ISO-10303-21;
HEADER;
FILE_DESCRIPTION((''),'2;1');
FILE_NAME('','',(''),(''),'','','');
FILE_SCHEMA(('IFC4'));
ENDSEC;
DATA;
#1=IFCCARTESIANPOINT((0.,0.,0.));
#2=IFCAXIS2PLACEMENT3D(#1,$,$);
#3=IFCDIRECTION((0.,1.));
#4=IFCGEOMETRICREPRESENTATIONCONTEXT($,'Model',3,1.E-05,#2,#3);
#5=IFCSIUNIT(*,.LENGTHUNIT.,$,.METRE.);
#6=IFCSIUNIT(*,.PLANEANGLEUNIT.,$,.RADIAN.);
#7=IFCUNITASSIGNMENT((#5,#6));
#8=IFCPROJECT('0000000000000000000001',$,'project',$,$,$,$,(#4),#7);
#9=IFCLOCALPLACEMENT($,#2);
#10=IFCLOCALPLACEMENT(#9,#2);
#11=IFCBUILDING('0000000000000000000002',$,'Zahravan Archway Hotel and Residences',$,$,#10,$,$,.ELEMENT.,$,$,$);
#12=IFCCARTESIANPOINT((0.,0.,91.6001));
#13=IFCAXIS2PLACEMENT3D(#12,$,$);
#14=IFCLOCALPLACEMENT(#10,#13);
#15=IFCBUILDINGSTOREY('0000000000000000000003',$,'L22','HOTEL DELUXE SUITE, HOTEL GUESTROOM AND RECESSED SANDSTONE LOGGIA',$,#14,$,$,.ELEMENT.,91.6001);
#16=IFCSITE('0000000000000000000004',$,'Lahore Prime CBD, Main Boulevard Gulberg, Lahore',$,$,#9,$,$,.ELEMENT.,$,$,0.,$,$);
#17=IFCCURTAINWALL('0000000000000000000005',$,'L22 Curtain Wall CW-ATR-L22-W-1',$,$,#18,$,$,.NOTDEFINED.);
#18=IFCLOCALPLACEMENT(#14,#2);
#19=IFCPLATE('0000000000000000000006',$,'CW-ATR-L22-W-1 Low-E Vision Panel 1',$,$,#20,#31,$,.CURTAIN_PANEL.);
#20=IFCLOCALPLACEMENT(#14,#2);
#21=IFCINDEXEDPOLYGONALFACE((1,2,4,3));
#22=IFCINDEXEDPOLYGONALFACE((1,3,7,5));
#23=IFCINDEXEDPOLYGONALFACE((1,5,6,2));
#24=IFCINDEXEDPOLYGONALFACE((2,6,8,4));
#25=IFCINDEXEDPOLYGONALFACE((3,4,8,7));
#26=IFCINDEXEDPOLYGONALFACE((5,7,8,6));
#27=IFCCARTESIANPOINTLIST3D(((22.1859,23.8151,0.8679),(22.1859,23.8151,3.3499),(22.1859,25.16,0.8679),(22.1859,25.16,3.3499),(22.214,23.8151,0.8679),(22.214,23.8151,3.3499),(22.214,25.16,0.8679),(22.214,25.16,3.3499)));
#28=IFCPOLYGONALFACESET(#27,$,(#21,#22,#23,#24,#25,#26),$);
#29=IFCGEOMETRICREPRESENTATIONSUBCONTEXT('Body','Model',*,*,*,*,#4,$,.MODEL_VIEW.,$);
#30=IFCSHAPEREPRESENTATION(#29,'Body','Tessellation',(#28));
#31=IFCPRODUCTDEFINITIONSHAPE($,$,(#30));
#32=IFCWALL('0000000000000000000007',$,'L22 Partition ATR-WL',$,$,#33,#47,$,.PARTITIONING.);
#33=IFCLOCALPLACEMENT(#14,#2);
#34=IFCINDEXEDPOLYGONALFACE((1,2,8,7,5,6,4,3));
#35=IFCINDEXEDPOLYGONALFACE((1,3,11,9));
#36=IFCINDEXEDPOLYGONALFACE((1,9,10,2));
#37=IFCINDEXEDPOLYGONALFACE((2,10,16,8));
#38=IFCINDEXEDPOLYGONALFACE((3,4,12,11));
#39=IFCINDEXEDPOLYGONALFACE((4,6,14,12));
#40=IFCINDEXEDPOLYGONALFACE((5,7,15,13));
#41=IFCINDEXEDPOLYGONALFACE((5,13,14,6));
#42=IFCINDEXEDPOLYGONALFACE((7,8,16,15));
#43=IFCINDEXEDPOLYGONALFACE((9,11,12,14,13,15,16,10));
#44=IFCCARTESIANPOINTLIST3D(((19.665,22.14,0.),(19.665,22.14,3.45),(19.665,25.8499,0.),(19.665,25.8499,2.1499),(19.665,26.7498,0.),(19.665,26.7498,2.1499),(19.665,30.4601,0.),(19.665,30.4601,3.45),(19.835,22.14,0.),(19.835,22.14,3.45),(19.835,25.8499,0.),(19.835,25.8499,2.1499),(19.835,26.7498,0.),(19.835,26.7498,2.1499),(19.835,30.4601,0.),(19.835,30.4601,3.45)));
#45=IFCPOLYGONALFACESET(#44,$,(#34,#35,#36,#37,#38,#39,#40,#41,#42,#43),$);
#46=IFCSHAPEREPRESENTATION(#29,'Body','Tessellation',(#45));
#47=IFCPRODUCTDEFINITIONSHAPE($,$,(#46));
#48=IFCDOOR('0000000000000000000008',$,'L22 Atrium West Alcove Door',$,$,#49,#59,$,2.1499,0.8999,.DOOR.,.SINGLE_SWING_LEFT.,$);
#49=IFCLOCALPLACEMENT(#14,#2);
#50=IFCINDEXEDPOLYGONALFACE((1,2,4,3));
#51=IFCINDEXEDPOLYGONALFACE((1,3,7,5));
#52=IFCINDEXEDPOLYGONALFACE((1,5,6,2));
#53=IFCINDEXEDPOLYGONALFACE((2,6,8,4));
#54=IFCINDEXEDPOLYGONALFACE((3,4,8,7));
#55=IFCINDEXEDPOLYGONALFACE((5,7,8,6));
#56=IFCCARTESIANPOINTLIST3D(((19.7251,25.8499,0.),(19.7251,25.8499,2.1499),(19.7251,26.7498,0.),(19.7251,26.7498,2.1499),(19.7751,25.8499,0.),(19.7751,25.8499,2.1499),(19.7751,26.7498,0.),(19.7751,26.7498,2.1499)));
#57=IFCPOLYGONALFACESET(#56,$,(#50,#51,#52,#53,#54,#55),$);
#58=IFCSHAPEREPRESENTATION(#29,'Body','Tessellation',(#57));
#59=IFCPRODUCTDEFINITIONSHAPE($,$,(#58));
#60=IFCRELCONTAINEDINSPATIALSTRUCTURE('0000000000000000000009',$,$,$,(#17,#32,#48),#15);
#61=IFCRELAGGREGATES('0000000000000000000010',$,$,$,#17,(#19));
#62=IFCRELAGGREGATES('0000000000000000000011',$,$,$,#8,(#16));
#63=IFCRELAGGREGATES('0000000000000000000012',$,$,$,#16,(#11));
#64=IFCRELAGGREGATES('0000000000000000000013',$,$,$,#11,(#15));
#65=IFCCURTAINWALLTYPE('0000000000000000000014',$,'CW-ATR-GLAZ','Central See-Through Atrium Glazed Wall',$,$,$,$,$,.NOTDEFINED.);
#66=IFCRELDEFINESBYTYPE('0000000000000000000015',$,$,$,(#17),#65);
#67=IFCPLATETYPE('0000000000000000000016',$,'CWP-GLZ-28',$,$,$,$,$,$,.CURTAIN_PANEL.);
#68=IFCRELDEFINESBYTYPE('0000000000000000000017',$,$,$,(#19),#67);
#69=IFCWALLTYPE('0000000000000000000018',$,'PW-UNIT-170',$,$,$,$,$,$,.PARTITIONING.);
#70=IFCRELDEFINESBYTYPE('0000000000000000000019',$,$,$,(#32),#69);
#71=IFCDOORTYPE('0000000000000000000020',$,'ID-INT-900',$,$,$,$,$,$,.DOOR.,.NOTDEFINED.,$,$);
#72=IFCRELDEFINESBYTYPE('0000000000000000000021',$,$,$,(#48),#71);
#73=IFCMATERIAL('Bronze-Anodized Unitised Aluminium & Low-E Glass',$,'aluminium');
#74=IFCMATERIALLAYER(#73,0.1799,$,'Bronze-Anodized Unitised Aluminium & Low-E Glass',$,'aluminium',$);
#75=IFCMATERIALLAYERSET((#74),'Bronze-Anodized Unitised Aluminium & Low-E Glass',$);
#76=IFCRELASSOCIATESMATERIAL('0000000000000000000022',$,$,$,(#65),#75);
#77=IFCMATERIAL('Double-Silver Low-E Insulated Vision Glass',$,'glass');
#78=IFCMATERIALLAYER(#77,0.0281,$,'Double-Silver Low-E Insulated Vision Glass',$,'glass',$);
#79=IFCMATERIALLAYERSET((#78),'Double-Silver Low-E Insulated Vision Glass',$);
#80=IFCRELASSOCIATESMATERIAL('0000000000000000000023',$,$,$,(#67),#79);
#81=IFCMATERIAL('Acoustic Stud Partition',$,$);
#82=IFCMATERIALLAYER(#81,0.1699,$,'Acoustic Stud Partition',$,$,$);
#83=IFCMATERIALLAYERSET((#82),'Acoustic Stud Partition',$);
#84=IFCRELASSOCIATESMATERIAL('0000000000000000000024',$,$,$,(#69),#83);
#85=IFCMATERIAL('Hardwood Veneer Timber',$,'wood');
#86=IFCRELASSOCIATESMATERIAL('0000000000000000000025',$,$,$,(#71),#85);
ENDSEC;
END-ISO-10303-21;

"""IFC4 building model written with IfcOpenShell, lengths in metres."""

from ifc_helpers import new_model, si_unit, direction, frame, frame_2d, origin, origin_2d, place, context, subcontext, project, spatial, rectangle, extrude, source, transform, mapped, material, layer, layer_set, type_object, type_shapes, element, fill, aggregate, save


model = new_model("IFC4")

# Units and contexts
model_context = context("Model", 3, precision=1e-05, world=origin(), true_north=direction((0.0, 1.0)))
body_context = subcontext(model_context, "Body", "Model", "MODEL_VIEW")
ifc_project = project(units=[si_unit("LENGTHUNIT", "METRE"), si_unit("PLANEANGLEUNIT", "RADIAN")], contexts=[model_context])

# Site, building, storey
site_placement = place(None, origin())
site = spatial("IfcSite", under=ifc_project, at=site_placement, Name="Lahore Prime CBD, Main Boulevard Gulberg, Lahore", CompositionType="ELEMENT", RefElevation=0.0)
building_placement = place(site_placement, origin())
building = spatial("IfcBuilding", under=site, at=building_placement, Name="Zahravan Archway Hotel and Residences", CompositionType="ELEMENT")
storey_placement = place(building_placement, frame((0.0, 0.0, 91.6001)))
storey = spatial("IfcBuildingStorey", under=building, at=storey_placement, Name="L22", Description="HOTEL DELUXE SUITE, HOTEL GUESTROOM AND RECESSED SANDSTONE LOGGIA", CompositionType="ELEMENT", Elevation=91.6001)

# Curtain wall
ifc_material_1 = material(Name="Bronze-Anodized Unitised Aluminium & Low-E Glass", Category="aluminium")
ifc_layer_1 = layer(ifc_material_1, 0.1799, Name="Bronze-Anodized Unitised Aluminium & Low-E Glass", Category="aluminium")
ifc_layer_set_1 = layer_set([ifc_layer_1], Name="Bronze-Anodized Unitised Aluminium & Low-E Glass")
curtain_wall_type = type_object("IfcCurtainWallType", Name="CW-ATR-GLAZ", Description="Central See-Through Atrium Glazed Wall", PredefinedType="NOTDEFINED", material=ifc_layer_set_1)
curtain_wall_1_placement = place(storey_placement, origin())
curtain_wall_1 = element("IfcCurtainWall", 1, at=curtain_wall_1_placement, inside=storey, type_object=curtain_wall_type, Name="L22 Curtain Wall CW-ATR-L22-W-1", PredefinedType="NOTDEFINED")

# Plate
ifc_material_2 = material(Name="Double-Silver Low-E Insulated Vision Glass", Category="glass")
ifc_layer_2 = layer(ifc_material_2, 0.0281, Name="Double-Silver Low-E Insulated Vision Glass", Category="glass")
ifc_layer_set_2 = layer_set([ifc_layer_2], Name="Double-Silver Low-E Insulated Vision Glass")
plate_type_1 = type_object("IfcPlateType", Name="CWP-GLZ-28", PredefinedType="CURTAIN_PANEL", material=ifc_layer_set_2)
shared_shape_1 = source(origin(), body_context, "Body", "SweptSolid", [
    extrude(rectangle(XDim=1.345, YDim=0.0281, at=origin_2d()), origin(), (0.0, 0.0, 1.0), 2.4819),
])
plate_1_placement = place(storey_placement, frame((22.2, 24.4875, 0.8679), z_axis=(0.0, 0.0, 1.0), x_axis=(0.0, 1.0, 0.0)))
plate_1 = element("IfcPlate", 2, at=plate_1_placement, type_object=plate_type_1, Name="CW-ATR-L22-W-1 Low-E Vision Panel 1", PredefinedType="CURTAIN_PANEL", context=body_context, shape_type="MappedRepresentation", body=[
    mapped(shared_shape_1, transform((0.0, 0.0, 0.0), scale=1.0)),
])
aggregate(curtain_wall_1, [plate_1])

# Wall, opening, door
ifc_material_3 = material(Name="Acoustic Stud Partition")
ifc_layer_3 = layer(ifc_material_3, 0.1699, Name="Acoustic Stud Partition")
ifc_layer_set_3 = layer_set([ifc_layer_3], Name="Acoustic Stud Partition")
wall_type = type_object("IfcWallType", Name="PW-UNIT-170", PredefinedType="PARTITIONING", material=ifc_layer_set_3)
wall_placement = place(storey_placement, frame((19.75, 22.1399, 0.0), z_axis=(0.0, 0.0, 1.0), x_axis=(0.0, 1.0, 0.0)))
wall = element("IfcWall", 3, at=wall_placement, inside=storey, type_object=wall_type, Name="L22 Partition ATR-WL", PredefinedType="PARTITIONING", context=body_context, shape_type="SweptSolid", body=[
    extrude(rectangle(XDim=8.3201, YDim=0.1699, at=frame_2d((4.1602, 0.0))), origin(), (0.0, 0.0, 1.0), 3.45),
])
opening_placement = place(wall_placement, frame((3.71, 0.0, 0.0)))
opening = element("IfcOpeningElement", 4, at=opening_placement, cuts=wall, PredefinedType="OPENING", context=body_context, shape_type="SweptSolid", body=[
    extrude(rectangle(XDim=0.8999, YDim=2.1499, at=frame_2d((0.45, 1.075))), frame((0.0, 0.095, 0.0), z_axis=(0.0, -1.0, 0.0), x_axis=(1.0, 0.0, 0.0)), (0.0, 0.0, 1.0), 0.1899),
])
ifc_material_4 = material(Name="Hardwood Veneer Timber", Category="wood")
door_type = type_object("IfcDoorType", Name="ID-INT-900", OperationType="NOTDEFINED", PredefinedType="DOOR", material=ifc_material_4)
shared_shape_2 = source(origin(), body_context, "Body", "SweptSolid", [
    extrude(rectangle(XDim=0.8999, YDim=2.1499, at=frame_2d((0.45, 1.075))), frame((0.0, 0.0249, 0.0), z_axis=(0.0, -1.0, 0.0), x_axis=(1.0, 0.0, 0.0)), (0.0, 0.0, 1.0), 0.05),
])
type_shapes(door_type, [shared_shape_2])
door_placement = place(opening_placement, origin())
door = element("IfcDoor", 5, at=door_placement, inside=storey, type_object=door_type, Name="L22 Atrium West Alcove Door", OperationType="SINGLE_SWING_LEFT", OverallHeight=2.1499, OverallWidth=0.8999, PredefinedType="DOOR", context=body_context, shape_type="MappedRepresentation", body=[
    mapped(shared_shape_2, transform((0.0, 0.0, 0.0), scale=1.0)),
])
fill(opening, door)

save(model, "model.ifc")
